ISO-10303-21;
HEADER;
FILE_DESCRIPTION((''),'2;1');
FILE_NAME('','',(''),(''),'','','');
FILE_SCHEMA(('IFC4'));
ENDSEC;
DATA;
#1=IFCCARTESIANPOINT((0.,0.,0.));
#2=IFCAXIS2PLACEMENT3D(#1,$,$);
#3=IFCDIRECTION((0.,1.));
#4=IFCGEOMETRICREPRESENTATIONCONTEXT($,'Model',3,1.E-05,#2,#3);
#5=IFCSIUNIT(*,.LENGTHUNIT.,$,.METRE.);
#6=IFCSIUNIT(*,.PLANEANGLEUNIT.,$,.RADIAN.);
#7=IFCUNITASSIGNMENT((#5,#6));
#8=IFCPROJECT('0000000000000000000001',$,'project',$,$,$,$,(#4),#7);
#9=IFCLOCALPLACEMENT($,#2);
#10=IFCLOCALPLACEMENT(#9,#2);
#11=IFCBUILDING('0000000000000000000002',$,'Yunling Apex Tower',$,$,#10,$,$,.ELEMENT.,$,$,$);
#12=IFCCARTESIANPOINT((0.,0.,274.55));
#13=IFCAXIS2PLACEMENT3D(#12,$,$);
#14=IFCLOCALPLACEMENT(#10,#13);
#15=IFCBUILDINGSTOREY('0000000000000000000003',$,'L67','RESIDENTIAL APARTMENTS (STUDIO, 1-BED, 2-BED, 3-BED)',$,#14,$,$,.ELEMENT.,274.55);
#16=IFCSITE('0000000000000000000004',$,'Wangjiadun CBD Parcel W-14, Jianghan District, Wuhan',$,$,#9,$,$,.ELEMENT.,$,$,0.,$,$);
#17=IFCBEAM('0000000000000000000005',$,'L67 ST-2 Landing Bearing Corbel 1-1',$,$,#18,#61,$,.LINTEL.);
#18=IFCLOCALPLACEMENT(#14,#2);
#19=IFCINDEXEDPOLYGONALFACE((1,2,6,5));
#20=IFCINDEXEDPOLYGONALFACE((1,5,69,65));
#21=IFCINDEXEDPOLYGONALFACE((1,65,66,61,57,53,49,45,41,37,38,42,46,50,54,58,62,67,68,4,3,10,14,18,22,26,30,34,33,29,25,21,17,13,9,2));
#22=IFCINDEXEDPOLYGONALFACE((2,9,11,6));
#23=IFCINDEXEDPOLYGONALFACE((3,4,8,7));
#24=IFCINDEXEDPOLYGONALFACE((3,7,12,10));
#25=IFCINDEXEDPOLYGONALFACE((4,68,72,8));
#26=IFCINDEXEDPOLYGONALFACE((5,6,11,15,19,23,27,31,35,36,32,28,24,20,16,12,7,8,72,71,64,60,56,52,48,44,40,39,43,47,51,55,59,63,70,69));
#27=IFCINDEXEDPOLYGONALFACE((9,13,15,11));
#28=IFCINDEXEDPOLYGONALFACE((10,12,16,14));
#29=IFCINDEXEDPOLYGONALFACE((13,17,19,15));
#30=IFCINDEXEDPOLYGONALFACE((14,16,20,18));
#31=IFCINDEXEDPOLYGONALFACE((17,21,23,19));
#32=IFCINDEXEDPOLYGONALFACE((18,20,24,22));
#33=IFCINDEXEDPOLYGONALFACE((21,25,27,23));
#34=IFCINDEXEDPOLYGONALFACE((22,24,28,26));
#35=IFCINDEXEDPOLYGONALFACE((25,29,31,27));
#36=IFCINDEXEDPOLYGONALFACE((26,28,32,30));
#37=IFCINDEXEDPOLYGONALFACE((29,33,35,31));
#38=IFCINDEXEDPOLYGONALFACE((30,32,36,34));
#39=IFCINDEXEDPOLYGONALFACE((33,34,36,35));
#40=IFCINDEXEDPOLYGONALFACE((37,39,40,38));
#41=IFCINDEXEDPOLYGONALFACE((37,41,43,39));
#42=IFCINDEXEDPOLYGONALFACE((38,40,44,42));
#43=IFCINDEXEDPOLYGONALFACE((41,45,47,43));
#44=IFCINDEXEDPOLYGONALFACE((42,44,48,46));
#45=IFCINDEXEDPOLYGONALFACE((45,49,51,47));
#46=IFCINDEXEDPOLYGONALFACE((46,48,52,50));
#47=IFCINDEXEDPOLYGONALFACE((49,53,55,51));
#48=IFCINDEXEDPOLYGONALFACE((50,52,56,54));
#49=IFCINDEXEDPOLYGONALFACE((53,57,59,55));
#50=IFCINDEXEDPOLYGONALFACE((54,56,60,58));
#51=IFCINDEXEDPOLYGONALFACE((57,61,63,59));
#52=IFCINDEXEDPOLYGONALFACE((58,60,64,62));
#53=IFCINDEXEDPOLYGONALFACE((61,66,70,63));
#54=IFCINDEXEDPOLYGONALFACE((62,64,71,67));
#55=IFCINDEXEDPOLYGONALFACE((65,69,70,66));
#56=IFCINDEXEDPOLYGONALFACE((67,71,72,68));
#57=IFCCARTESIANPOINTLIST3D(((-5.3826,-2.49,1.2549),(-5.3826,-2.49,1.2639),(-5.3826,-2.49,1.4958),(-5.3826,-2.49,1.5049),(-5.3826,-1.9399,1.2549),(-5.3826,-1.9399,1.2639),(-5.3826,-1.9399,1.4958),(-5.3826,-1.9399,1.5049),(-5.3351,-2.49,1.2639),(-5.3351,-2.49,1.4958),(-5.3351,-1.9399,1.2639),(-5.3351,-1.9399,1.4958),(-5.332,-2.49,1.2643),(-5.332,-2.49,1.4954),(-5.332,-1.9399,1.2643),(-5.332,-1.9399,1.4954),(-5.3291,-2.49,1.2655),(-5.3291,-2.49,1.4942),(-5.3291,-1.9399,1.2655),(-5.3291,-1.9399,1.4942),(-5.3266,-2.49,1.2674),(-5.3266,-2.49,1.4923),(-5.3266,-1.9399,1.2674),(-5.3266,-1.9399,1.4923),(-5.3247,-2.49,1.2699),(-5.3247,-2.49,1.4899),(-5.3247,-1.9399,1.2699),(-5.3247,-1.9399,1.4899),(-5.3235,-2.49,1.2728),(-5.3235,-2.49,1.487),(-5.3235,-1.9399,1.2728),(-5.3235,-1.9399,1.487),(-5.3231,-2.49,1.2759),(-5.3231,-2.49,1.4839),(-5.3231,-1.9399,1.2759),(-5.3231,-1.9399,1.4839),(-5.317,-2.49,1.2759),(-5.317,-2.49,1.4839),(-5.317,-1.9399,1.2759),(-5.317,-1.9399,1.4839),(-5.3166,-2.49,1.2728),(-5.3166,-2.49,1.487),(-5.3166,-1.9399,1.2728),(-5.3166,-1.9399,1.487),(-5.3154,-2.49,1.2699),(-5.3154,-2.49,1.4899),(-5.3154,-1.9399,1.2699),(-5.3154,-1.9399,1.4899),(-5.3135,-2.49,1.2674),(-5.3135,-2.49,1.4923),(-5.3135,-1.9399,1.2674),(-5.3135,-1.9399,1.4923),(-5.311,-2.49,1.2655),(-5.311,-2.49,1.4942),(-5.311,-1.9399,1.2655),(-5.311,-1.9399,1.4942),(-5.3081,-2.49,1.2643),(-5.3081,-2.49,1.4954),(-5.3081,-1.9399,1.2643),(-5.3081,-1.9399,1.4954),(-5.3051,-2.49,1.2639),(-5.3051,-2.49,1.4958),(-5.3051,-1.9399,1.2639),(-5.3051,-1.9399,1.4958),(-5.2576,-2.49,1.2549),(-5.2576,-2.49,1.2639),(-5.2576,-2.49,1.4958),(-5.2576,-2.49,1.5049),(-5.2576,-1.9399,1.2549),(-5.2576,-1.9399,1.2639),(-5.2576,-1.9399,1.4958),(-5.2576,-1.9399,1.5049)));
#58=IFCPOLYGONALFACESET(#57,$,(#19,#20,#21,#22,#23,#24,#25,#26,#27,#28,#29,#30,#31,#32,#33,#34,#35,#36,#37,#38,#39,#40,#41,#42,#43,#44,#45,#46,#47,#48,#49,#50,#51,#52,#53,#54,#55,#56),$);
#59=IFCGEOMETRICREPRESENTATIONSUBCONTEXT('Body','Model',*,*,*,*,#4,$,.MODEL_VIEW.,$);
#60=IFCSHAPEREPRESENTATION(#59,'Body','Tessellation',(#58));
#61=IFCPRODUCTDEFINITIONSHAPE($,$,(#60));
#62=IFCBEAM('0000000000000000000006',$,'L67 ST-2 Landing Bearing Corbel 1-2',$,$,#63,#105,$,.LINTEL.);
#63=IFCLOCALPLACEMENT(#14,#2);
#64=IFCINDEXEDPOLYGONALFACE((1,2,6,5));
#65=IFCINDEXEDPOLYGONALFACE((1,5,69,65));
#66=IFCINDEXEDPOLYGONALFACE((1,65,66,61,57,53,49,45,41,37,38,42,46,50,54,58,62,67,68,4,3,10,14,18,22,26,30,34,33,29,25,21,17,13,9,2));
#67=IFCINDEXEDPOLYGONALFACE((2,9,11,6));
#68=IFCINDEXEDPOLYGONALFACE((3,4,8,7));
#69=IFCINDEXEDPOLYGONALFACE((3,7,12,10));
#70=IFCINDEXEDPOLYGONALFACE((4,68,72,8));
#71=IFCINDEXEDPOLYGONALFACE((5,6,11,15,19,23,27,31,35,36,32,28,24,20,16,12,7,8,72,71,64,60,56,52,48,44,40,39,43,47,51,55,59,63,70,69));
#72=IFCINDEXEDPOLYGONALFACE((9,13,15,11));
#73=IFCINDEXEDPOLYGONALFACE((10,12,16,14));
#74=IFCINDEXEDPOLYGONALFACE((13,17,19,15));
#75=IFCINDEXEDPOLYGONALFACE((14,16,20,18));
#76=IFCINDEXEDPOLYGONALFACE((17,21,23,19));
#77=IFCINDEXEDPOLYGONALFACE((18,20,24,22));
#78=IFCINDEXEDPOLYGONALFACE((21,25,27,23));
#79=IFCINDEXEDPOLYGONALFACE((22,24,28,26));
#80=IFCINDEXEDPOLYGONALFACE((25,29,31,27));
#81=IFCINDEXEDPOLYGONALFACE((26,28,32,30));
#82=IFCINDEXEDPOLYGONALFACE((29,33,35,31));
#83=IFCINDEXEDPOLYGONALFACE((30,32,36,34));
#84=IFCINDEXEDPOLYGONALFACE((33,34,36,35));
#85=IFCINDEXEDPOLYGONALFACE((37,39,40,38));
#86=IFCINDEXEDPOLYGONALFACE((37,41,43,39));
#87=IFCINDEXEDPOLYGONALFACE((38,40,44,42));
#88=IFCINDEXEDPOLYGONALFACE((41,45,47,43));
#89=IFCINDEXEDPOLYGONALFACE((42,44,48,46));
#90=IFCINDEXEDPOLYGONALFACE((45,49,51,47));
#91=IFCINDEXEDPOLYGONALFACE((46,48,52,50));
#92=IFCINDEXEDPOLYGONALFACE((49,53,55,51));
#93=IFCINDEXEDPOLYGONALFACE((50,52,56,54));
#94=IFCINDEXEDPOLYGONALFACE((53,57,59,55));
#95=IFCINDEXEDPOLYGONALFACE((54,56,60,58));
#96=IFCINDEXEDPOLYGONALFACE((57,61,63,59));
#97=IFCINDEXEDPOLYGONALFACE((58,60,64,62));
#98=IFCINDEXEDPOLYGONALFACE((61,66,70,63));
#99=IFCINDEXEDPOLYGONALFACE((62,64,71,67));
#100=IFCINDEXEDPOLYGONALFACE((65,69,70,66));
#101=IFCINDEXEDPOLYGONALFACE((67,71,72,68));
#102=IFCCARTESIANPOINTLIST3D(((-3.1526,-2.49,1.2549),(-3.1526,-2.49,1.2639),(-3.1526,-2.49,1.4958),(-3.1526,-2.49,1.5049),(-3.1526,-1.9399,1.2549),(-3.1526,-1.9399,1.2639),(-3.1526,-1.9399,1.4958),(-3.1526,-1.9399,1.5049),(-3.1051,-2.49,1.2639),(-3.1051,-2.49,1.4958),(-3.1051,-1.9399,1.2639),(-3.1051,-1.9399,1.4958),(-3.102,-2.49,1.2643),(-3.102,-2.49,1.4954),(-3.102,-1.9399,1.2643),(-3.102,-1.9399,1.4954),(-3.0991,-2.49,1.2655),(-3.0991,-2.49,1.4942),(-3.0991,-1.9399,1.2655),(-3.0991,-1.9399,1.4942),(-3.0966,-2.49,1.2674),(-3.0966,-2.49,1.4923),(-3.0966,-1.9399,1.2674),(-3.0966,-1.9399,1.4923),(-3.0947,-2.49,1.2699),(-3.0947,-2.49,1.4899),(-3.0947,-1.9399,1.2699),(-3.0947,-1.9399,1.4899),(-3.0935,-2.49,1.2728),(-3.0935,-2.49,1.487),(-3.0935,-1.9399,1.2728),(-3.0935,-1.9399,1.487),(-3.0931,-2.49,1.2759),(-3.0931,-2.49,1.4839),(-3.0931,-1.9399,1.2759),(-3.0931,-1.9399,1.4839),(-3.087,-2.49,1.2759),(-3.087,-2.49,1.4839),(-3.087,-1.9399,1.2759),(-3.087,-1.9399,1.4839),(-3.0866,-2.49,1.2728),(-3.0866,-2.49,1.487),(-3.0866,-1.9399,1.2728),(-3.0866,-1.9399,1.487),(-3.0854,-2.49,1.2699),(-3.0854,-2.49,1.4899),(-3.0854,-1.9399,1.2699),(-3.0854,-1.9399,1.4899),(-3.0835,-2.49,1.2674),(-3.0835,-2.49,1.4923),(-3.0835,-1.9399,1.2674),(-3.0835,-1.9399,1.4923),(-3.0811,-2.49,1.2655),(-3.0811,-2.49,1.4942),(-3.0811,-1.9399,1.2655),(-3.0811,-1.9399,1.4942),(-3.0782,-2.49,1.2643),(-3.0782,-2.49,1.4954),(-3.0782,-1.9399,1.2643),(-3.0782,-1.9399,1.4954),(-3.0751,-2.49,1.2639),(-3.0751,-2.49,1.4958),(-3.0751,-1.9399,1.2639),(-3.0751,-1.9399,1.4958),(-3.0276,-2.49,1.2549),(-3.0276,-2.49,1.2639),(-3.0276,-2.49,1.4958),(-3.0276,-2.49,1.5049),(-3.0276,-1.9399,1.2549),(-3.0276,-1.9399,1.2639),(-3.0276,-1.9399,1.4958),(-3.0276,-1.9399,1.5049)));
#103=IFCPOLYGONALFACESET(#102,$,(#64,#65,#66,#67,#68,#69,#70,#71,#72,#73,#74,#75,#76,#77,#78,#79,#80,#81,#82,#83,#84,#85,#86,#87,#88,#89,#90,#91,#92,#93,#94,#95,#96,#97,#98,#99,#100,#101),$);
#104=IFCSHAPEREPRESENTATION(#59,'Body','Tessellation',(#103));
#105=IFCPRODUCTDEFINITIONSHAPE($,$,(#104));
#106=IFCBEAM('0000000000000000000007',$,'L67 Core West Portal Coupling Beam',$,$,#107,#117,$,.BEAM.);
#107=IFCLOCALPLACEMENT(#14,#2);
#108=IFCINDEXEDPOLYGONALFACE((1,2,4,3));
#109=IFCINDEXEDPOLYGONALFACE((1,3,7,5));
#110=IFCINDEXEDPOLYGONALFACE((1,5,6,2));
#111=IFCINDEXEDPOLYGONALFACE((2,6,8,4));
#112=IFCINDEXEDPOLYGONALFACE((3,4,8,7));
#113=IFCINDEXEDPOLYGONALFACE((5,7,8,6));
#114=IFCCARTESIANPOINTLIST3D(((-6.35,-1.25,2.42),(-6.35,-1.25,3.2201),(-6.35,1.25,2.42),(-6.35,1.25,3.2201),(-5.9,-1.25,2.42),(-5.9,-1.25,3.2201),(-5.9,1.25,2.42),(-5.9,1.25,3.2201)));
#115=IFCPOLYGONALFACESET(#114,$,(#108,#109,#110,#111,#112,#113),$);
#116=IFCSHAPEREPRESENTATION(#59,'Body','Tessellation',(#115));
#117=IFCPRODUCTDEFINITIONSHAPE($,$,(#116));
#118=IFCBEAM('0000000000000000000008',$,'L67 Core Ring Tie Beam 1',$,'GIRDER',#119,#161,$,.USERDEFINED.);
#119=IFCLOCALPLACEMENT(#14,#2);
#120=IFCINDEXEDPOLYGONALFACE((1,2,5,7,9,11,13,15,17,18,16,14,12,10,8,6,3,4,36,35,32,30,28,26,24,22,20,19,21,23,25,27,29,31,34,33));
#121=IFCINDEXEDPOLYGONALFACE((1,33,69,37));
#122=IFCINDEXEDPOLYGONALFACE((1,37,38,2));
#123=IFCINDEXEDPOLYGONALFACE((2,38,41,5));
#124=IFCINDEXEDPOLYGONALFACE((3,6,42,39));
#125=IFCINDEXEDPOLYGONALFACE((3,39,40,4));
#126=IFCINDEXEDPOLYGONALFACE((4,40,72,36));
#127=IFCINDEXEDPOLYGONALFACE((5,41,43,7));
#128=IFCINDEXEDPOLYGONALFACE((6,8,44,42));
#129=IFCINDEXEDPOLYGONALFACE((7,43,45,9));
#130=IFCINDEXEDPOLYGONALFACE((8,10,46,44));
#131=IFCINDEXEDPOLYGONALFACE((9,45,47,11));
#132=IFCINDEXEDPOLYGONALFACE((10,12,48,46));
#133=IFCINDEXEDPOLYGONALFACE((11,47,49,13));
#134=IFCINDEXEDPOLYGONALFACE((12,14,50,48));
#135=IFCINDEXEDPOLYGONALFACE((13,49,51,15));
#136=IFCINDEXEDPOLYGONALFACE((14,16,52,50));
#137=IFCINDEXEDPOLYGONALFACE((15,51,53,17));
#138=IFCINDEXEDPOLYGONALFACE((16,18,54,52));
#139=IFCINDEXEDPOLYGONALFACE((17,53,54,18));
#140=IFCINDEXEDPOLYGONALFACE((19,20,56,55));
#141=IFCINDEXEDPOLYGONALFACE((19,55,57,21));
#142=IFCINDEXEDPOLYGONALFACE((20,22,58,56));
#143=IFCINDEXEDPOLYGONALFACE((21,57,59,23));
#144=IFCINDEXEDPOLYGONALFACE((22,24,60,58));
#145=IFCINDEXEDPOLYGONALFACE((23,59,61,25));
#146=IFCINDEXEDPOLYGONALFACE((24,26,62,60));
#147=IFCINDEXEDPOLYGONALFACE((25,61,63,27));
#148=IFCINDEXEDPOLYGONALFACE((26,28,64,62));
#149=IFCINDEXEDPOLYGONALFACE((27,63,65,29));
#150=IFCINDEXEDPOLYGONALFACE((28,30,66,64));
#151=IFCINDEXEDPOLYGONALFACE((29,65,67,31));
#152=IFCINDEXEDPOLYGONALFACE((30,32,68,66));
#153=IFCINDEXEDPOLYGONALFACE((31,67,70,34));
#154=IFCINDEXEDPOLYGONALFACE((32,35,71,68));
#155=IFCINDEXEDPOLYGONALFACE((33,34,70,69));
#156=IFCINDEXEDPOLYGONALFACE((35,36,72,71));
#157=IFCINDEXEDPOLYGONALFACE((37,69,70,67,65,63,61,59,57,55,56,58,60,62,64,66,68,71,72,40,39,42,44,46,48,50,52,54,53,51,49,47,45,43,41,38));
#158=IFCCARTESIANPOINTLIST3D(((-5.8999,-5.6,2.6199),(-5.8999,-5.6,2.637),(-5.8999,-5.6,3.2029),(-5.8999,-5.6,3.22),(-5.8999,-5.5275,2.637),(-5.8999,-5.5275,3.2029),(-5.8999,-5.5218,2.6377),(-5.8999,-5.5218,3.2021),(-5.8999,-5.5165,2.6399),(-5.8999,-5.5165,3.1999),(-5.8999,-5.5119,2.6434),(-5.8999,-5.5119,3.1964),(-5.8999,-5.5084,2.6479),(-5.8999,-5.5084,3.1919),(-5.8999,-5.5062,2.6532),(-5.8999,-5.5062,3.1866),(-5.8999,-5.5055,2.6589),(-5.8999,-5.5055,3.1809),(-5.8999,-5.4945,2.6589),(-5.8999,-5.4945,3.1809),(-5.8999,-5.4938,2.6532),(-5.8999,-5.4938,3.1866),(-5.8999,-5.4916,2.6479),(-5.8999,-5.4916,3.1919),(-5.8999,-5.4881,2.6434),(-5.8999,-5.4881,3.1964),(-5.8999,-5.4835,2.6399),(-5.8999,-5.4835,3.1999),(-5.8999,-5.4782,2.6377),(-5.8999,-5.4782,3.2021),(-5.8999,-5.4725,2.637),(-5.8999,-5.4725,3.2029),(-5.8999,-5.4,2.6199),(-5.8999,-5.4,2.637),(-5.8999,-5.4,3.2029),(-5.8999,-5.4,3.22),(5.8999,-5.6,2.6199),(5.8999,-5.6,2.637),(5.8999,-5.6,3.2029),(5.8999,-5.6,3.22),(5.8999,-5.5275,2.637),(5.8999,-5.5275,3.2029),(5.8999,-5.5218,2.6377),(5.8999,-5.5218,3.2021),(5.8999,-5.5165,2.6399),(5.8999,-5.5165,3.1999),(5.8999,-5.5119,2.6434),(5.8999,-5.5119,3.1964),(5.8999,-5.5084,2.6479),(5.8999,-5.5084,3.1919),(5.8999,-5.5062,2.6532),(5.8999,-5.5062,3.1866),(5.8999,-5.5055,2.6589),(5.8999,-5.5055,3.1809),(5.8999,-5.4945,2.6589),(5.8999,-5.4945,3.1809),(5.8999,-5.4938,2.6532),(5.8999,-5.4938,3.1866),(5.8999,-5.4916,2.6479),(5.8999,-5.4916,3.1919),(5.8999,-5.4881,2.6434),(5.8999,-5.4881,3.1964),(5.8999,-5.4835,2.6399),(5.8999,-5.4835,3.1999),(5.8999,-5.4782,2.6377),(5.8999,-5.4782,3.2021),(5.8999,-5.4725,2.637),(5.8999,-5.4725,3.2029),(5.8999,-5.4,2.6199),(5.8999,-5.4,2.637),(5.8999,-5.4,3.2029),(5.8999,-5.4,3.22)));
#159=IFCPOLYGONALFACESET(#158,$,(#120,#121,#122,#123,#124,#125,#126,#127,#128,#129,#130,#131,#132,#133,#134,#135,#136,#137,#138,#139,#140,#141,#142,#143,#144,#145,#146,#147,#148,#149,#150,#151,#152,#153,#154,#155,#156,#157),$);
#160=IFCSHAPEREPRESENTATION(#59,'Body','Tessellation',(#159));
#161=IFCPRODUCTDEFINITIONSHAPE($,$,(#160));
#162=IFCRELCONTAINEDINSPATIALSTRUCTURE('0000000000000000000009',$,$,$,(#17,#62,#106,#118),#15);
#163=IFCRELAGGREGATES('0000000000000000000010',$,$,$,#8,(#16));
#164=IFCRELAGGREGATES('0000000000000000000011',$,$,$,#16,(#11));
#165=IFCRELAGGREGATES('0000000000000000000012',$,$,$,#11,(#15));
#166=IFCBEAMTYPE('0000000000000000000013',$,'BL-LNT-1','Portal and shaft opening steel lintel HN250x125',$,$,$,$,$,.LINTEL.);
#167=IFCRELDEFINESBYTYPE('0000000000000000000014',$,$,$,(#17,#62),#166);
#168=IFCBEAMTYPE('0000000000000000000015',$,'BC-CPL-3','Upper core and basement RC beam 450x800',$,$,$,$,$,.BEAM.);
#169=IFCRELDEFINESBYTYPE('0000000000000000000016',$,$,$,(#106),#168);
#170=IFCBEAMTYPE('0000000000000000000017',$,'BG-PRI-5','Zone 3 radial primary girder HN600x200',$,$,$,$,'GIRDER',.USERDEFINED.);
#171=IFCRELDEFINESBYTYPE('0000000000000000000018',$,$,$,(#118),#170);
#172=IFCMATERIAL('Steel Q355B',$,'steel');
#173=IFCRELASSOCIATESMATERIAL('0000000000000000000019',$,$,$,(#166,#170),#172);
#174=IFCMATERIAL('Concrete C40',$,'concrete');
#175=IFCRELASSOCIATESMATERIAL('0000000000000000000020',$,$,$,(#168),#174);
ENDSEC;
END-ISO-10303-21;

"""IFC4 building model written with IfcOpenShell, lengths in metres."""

from ifc_helpers import new_model, si_unit, direction, frame, origin, origin_2d, place, context, subcontext, project, spatial, rectangle, i_section, extrude, source, transform, mapped, material, material_profile, profile_set, type_object, element, save


model = new_model("IFC4")

# Units and contexts
model_context = context("Model", 3, precision=1e-05, world=origin(), true_north=direction((0.0, 1.0)))
body_context = subcontext(model_context, "Body", "Model", "MODEL_VIEW")
ifc_project = project(units=[si_unit("LENGTHUNIT", "METRE"), si_unit("PLANEANGLEUNIT", "RADIAN")], contexts=[model_context])

# Site, building, storey
site_placement = place(None, origin())
site = spatial("IfcSite", under=ifc_project, at=site_placement, Name="Wangjiadun CBD Parcel W-14, Jianghan District, Wuhan", CompositionType="ELEMENT", RefElevation=0.0)
building_placement = place(site_placement, origin())
building = spatial("IfcBuilding", under=site, at=building_placement, Name="Yunling Apex Tower", CompositionType="ELEMENT")
storey_placement = place(building_placement, frame((0.0, 0.0, 274.55)))
storey = spatial("IfcBuildingStorey", under=building, at=storey_placement, Name="L67", Description="RESIDENTIAL APARTMENTS (STUDIO, 1-BED, 2-BED, 3-BED)", CompositionType="ELEMENT", Elevation=274.55)

# Shared definitions
ifc_material_1 = material(Name="Steel Q355B", Category="steel")

# Beams
ifc_material_profile_1 = material_profile(ifc_material_1, i_section(OverallWidth=0.125, OverallDepth=0.25, WebThickness=0.0061, FlangeThickness=0.009, FilletRadius=0.012, at=origin_2d()))
ifc_profile_set_1 = profile_set([ifc_material_profile_1], Name="Steel Q355B")
beam_type_1 = type_object("IfcBeamType", Name="BL-LNT-1", Description="Portal and shaft opening steel lintel HN250x125", PredefinedType="LINTEL", material=ifc_profile_set_1)
shared_shape_1 = source(origin(), body_context, "Body", "SweptSolid", [
    extrude(i_section(OverallWidth=0.125, OverallDepth=0.25, WebThickness=0.0061, FlangeThickness=0.009, FilletRadius=0.012, at=origin_2d()), origin(), (0.0, 0.0, 1.0), 0.55),
])
for number, where, z_axis, x_axis, name in (
    (1, (-5.3201, -1.9399, 1.3799), (0.0, -1.0, 0.0), (1.0, 0.0, 0.0), "L67 ST-2 Landing Bearing Corbel 1-1"),
    (2, (-3.0901, -1.9399, 1.3799), (0.0, -1.0, 0.0), (1.0, 0.0, 0.0), "L67 ST-2 Landing Bearing Corbel 1-2"),
):
    element("IfcBeam", number, at=place(storey_placement, frame(where, z_axis=z_axis, x_axis=x_axis)), inside=storey, type_object=beam_type_1, Name=name, PredefinedType="LINTEL", context=body_context, shape_type="MappedRepresentation", body=[
        mapped(shared_shape_1, transform((0.0, 0.0, 0.0), scale=1.0)),
    ])
ifc_material_2 = material(Name="Concrete C40", Category="concrete")
ifc_material_profile_2 = material_profile(ifc_material_2, rectangle(XDim=0.45, YDim=0.8, at=origin_2d()))
ifc_profile_set_2 = profile_set([ifc_material_profile_2], Name="Concrete C40")
beam_type_2 = type_object("IfcBeamType", Name="BC-CPL-3", Description="Upper core and basement RC beam 450x800", PredefinedType="BEAM", material=ifc_profile_set_2)
shared_shape_2 = source(origin(), body_context, "Body", "SweptSolid", [
    extrude(rectangle(XDim=0.45, YDim=0.8, at=origin_2d()), origin(), (0.0, 0.0, 1.0), 2.5),
])
beam_1_placement = place(storey_placement, frame((-6.125, -1.25, 2.8201), z_axis=(0.0, 1.0, 0.0), x_axis=(-1.0, 0.0, 0.0)))
element("IfcBeam", 3, at=beam_1_placement, inside=storey, type_object=beam_type_2, Name="L67 Core West Portal Coupling Beam", PredefinedType="BEAM", context=body_context, shape_type="MappedRepresentation", body=[
    mapped(shared_shape_2, transform((0.0, 0.0, 0.0), scale=1.0)),
])
ifc_material_profile_3 = material_profile(ifc_material_1, i_section(OverallWidth=0.2, OverallDepth=0.6001, WebThickness=0.011, FlangeThickness=0.0171, FilletRadius=0.022, at=origin_2d()))
ifc_profile_set_3 = profile_set([ifc_material_profile_3], Name="Steel Q355B")
beam_type_3 = type_object("IfcBeamType", Name="BG-PRI-5", Description="Zone 3 radial primary girder HN600x200", ElementType="GIRDER", PredefinedType="USERDEFINED", material=ifc_profile_set_3)
shared_shape_3 = source(origin(), body_context, "Body", "SweptSolid", [
    extrude(i_section(OverallWidth=0.2, OverallDepth=0.6001, WebThickness=0.011, FlangeThickness=0.0171, FilletRadius=0.022, at=origin_2d()), origin(), (0.0, 0.0, 1.0), 11.7998),
])
beam_2_placement = place(storey_placement, frame((-5.8999, -5.5, 2.9199), z_axis=(1.0, 0.0, 0.0), x_axis=(0.0, 1.0, 0.0)))
element("IfcBeam", 4, at=beam_2_placement, inside=storey, type_object=beam_type_3, Name="L67 Core Ring Tie Beam 1", ObjectType="GIRDER", PredefinedType="USERDEFINED", context=body_context, shape_type="MappedRepresentation", body=[
    mapped(shared_shape_3, transform((0.0, 0.0, 0.0), scale=1.0)),
])

save(model, "model.ifc")
